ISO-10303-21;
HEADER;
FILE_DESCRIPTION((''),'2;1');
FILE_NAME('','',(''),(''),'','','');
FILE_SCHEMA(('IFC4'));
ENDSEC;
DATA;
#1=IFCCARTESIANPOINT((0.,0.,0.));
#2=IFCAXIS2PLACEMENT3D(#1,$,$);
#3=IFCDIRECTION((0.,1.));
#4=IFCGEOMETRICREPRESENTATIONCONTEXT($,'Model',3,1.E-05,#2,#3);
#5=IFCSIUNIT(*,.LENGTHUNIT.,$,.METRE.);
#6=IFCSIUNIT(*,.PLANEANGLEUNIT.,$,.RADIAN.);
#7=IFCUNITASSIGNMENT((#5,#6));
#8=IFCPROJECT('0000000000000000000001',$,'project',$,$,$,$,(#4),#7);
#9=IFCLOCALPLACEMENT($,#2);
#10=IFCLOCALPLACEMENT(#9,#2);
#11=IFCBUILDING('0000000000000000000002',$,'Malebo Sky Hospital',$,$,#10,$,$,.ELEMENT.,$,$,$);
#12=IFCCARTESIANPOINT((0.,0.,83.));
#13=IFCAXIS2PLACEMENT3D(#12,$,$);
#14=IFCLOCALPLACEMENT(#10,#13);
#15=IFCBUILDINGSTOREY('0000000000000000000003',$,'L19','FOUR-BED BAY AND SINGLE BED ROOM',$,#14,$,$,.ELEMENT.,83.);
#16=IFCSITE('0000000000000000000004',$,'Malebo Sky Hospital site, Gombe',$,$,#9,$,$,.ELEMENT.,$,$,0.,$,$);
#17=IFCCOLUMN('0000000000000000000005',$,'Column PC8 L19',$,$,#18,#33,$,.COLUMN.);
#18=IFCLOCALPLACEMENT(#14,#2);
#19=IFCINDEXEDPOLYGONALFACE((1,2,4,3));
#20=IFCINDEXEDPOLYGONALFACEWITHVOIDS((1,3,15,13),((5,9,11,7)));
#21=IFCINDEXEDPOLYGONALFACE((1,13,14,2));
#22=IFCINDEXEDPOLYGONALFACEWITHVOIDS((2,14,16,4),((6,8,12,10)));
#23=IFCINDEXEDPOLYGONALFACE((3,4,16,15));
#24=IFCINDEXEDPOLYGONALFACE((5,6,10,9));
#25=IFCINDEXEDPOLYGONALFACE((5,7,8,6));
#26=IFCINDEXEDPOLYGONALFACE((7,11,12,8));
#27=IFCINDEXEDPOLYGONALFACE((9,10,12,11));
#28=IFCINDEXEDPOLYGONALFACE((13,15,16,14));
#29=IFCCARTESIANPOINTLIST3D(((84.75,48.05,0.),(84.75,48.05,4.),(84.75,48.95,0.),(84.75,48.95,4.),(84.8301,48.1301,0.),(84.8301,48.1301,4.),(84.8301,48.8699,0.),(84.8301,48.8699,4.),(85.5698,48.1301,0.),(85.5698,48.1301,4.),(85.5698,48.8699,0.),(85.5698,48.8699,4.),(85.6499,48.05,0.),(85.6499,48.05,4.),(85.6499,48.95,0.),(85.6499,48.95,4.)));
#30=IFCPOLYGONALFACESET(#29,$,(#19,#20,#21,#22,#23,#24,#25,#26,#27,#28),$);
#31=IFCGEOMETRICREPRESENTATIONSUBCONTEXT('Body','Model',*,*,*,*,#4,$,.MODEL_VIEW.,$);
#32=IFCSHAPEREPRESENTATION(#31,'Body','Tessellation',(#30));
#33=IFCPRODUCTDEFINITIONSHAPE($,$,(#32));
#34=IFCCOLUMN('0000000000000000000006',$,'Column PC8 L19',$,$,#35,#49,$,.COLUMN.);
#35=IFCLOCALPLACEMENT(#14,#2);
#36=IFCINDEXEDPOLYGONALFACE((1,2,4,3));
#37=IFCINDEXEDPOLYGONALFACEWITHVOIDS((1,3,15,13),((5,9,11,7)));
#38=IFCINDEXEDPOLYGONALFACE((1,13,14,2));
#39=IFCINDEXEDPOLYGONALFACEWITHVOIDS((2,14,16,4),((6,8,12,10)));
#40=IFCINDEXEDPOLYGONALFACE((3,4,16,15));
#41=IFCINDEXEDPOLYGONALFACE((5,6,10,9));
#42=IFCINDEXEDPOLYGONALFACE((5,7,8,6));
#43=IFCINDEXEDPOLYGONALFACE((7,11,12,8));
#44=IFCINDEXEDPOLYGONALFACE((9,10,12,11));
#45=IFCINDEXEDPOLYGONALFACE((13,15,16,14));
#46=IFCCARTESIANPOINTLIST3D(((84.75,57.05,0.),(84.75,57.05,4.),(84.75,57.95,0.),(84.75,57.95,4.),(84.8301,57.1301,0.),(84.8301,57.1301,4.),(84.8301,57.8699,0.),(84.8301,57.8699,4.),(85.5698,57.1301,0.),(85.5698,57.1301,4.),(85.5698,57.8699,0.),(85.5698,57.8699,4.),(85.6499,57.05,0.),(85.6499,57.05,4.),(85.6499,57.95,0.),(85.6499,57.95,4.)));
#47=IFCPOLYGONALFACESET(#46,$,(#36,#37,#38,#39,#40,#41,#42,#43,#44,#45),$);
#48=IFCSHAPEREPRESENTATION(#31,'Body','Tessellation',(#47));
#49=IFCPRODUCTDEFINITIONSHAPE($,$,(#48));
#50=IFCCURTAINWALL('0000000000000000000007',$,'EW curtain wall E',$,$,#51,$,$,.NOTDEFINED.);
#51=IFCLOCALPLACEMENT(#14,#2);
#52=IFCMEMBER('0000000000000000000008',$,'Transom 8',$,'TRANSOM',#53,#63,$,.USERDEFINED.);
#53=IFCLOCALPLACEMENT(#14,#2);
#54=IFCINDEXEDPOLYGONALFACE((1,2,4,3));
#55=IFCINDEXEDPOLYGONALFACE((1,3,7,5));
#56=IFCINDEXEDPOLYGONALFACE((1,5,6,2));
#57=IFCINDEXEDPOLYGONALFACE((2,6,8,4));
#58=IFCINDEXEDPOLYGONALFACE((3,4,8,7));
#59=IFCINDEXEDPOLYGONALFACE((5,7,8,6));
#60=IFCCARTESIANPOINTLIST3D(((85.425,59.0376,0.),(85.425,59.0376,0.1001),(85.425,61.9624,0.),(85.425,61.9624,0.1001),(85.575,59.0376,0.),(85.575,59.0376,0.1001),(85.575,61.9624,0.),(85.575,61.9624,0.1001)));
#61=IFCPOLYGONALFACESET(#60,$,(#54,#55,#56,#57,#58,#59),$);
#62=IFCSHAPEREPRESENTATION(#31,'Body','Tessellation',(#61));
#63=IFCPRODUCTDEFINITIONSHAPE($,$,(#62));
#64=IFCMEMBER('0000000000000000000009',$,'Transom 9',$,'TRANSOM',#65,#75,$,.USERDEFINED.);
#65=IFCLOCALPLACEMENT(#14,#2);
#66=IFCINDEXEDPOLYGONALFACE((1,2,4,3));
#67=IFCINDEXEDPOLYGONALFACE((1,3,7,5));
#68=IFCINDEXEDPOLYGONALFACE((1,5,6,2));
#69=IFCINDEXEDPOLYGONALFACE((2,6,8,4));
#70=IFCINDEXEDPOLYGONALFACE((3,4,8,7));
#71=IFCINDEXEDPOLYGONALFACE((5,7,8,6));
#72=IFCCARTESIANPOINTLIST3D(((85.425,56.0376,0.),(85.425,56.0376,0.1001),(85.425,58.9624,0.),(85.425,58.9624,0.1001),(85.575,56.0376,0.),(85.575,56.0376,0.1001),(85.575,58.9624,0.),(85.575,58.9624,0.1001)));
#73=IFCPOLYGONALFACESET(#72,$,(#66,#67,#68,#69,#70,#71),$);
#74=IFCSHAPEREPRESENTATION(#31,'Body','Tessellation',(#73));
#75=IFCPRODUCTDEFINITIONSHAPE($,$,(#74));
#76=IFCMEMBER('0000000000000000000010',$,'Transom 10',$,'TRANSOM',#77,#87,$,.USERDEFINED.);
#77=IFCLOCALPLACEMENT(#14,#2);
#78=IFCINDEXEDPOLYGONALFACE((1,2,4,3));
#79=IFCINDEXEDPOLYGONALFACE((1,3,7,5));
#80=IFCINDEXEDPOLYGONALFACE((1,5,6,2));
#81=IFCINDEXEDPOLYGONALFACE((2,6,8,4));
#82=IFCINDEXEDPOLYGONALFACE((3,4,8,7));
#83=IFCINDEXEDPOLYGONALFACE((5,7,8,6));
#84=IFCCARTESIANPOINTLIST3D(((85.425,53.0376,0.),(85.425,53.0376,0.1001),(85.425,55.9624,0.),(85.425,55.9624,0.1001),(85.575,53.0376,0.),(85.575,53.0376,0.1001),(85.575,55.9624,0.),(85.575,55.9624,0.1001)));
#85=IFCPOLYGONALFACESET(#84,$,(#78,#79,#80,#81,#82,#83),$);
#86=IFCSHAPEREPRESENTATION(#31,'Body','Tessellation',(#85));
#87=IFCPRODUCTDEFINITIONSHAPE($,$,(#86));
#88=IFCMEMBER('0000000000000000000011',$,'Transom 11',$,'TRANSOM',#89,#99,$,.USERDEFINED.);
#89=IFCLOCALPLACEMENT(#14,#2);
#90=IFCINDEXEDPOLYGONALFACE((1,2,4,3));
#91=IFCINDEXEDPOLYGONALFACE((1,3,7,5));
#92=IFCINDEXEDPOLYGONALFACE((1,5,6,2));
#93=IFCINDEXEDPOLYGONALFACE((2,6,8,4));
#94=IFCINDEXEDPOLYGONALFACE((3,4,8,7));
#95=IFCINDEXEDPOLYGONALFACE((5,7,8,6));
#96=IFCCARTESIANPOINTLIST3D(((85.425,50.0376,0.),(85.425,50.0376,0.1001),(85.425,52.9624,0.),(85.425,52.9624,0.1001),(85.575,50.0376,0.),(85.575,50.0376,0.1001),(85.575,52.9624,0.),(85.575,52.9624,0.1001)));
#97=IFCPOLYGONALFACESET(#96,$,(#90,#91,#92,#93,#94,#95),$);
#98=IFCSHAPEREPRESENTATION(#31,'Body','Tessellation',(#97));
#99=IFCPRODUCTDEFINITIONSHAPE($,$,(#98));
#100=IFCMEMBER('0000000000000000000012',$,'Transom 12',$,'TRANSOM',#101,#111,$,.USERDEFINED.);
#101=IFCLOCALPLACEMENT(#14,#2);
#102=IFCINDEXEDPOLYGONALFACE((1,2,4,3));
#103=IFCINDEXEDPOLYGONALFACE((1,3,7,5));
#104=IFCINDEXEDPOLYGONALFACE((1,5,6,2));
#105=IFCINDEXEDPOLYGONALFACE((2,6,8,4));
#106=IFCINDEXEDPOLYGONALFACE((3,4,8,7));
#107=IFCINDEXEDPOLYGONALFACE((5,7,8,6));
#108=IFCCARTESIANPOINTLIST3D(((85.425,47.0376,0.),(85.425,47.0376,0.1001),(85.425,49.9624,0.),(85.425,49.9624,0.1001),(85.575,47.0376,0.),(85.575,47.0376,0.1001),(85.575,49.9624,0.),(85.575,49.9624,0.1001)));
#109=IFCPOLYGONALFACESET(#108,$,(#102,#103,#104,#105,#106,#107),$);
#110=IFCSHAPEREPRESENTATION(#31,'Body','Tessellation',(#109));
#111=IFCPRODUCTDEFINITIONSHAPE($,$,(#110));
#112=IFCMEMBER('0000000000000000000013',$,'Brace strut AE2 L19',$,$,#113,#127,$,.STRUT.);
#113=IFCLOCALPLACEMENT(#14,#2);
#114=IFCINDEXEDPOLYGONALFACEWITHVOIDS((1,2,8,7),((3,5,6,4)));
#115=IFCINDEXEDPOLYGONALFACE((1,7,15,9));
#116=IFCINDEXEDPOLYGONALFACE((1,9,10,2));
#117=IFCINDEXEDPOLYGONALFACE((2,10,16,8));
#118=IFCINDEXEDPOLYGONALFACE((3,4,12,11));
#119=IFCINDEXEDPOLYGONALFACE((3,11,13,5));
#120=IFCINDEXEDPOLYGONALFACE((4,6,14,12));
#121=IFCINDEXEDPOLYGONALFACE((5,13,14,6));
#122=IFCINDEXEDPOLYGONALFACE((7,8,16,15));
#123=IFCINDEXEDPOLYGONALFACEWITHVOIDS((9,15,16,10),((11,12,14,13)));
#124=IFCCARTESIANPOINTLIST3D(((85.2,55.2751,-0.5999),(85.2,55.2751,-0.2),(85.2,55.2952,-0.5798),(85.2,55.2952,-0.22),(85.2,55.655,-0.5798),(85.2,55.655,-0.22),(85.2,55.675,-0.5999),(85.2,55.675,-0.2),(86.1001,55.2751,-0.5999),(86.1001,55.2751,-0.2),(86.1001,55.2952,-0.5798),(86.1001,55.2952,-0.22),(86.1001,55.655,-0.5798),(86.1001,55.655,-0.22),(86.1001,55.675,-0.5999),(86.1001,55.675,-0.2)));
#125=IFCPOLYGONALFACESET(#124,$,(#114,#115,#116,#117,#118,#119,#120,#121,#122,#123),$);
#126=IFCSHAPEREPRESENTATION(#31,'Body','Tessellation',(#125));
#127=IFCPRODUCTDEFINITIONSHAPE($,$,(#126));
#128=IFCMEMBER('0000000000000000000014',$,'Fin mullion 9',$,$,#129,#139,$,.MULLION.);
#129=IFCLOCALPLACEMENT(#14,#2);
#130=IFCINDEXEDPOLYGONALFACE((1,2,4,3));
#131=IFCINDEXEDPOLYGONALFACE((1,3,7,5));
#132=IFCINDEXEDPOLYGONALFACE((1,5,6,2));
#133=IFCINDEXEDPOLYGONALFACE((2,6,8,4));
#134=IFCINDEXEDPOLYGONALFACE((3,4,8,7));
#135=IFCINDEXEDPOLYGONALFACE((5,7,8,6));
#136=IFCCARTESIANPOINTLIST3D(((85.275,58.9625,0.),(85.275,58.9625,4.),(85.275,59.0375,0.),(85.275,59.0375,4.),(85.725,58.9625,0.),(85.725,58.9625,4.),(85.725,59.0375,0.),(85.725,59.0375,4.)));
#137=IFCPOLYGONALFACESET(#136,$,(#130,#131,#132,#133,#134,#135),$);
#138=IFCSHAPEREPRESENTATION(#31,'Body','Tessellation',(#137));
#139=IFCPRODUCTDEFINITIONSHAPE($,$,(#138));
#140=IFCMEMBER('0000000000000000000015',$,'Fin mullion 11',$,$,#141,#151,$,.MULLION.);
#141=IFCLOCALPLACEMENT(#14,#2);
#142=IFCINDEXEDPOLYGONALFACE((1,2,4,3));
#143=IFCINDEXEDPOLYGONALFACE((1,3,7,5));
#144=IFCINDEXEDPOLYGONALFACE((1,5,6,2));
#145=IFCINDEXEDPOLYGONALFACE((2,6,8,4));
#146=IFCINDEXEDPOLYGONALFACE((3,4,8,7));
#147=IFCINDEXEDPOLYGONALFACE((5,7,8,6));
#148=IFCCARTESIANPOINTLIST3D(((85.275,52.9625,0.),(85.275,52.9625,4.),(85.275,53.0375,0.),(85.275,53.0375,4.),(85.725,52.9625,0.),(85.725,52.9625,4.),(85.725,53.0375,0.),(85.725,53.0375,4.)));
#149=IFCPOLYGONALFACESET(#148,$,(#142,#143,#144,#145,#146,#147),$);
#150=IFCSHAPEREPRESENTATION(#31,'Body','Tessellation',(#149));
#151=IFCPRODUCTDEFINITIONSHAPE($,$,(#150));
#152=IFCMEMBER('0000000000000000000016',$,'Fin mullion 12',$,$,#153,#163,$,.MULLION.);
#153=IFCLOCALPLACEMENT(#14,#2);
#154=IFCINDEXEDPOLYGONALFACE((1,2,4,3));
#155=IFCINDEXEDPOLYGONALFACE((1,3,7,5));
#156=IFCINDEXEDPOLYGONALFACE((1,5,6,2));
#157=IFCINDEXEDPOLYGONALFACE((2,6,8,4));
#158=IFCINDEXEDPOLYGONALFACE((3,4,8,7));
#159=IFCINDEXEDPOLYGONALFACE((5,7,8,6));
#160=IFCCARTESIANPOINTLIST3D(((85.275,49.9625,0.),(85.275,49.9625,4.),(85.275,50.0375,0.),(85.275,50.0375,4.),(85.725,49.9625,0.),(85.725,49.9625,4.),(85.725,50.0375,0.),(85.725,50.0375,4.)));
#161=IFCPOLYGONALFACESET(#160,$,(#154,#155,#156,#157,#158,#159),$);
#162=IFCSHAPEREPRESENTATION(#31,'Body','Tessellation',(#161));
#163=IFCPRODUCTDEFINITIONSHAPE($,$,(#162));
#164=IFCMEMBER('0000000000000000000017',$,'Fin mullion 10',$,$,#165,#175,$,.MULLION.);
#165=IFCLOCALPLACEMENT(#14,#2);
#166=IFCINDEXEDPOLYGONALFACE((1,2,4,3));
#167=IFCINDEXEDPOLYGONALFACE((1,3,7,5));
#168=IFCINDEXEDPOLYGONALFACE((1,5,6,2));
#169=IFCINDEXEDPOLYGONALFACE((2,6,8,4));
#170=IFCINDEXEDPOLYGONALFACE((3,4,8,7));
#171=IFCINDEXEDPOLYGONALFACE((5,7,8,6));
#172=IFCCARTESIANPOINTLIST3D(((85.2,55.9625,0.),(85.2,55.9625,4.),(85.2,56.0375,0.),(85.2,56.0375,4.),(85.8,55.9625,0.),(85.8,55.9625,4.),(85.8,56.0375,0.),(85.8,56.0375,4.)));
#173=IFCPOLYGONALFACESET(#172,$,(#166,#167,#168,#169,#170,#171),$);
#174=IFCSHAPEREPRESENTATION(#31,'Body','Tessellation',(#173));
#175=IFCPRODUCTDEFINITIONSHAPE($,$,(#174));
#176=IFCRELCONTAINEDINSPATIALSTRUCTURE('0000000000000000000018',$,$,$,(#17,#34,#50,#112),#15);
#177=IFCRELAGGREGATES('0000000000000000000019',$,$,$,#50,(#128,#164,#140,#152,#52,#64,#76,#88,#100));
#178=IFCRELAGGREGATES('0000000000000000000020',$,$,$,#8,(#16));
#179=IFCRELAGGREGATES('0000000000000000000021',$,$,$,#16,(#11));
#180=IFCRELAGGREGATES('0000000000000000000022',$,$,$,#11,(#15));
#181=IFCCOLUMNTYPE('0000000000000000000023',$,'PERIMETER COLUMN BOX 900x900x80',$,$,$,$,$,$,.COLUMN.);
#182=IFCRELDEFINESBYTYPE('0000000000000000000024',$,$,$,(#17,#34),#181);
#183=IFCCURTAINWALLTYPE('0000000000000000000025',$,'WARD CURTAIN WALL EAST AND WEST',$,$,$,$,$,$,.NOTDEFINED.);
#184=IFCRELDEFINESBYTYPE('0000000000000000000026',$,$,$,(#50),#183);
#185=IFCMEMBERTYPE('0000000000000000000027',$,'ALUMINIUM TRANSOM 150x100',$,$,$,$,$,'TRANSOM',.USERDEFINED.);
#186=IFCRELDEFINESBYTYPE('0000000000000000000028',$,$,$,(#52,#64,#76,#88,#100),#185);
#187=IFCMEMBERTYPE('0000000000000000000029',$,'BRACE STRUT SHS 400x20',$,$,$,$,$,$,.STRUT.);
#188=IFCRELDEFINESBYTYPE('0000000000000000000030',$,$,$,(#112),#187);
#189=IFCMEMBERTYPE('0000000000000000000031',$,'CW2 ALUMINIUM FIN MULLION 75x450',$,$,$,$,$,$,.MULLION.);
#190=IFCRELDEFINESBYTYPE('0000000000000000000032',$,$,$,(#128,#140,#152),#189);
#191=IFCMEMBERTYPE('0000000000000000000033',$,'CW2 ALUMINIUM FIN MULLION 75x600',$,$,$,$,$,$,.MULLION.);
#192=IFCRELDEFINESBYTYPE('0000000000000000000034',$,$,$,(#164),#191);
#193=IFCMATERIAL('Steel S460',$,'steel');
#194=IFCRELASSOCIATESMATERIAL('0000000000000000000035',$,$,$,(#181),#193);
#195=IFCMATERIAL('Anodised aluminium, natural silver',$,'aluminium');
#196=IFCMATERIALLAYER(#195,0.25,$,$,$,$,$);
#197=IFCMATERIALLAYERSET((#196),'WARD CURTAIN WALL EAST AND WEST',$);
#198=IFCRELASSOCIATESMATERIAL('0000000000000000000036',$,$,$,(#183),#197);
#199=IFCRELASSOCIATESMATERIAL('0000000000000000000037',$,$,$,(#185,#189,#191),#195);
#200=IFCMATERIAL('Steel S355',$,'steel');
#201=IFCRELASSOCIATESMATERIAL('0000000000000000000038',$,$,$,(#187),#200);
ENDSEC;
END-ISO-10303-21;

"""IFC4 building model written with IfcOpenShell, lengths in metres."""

from ifc_helpers import new_model, si_unit, direction, frame, origin, origin_2d, place, context, subcontext, project, spatial, rectangle, hollow_rectangle, extrude, material, layer, layer_set, material_profile, profile_set, type_object, element, aggregate, save


model = new_model("IFC4")

# Units and contexts
model_context = context("Model", 3, precision=1e-05, world=origin(), true_north=direction((0.0, 1.0)))
body_context = subcontext(model_context, "Body", "Model", "MODEL_VIEW")
ifc_project = project(units=[si_unit("LENGTHUNIT", "METRE"), si_unit("PLANEANGLEUNIT", "RADIAN")], contexts=[model_context])

# Site, building, storey
site_placement = place(None, origin())
site = spatial("IfcSite", under=ifc_project, at=site_placement, Name="Malebo Sky Hospital site, Gombe", CompositionType="ELEMENT", RefElevation=0.0)
building_placement = place(site_placement, origin())
building = spatial("IfcBuilding", under=site, at=building_placement, Name="Malebo Sky Hospital", CompositionType="ELEMENT")
storey_placement = place(building_placement, frame((0.0, 0.0, 83.0)))
storey = spatial("IfcBuildingStorey", under=building, at=storey_placement, Name="L19", Description="FOUR-BED BAY AND SINGLE BED ROOM", CompositionType="ELEMENT", Elevation=83.0)

# Columns
ifc_material_1 = material(Name="Steel S460", Category="steel")
ifc_material_profile_1 = material_profile(ifc_material_1, hollow_rectangle(XDim=0.8999, YDim=0.8999, WallThickness=0.0801, at=origin_2d()), Name="BOX 900x900x80")
ifc_profile_set_1 = profile_set([ifc_material_profile_1], Name="Steel S460")
column_type = type_object("IfcColumnType", Name="PERIMETER COLUMN BOX 900x900x80", PredefinedType="COLUMN", material=ifc_profile_set_1)
for number, where, z_axis, x_axis, name in (
    (1, (85.2, 48.5, 0.0), (0.0, 0.0, 1.0), (1.0, 0.0, 0.0), "Column PC8 L19"),
    (2, (85.2, 57.5, 0.0), (0.0, 0.0, 1.0), (1.0, 0.0, 0.0), "Column PC8 L19"),
):
    element("IfcColumn", number, at=place(storey_placement, frame(where, z_axis=z_axis, x_axis=x_axis)), inside=storey, type_object=column_type, Name=name, PredefinedType="COLUMN", context=body_context, shape_type="SweptSolid", body=[
        extrude(hollow_rectangle(XDim=0.8999, YDim=0.8999, WallThickness=0.0801, at=origin_2d()), origin(), (0.0, 0.0, 1.0), 4.0),
    ])

# Curtain wall, members
ifc_material_2 = material(Name="Anodised aluminium, natural silver", Category="aluminium")
ifc_layer_1 = layer(ifc_material_2, 0.25)
ifc_layer_set_1 = layer_set([ifc_layer_1], Name="WARD CURTAIN WALL EAST AND WEST")
curtain_wall_type = type_object("IfcCurtainWallType", Name="WARD CURTAIN WALL EAST AND WEST", PredefinedType="NOTDEFINED", material=ifc_layer_set_1)
curtain_wall_placement = place(storey_placement, origin())
curtain_wall = element("IfcCurtainWall", 3, at=curtain_wall_placement, inside=storey, type_object=curtain_wall_type, Name="EW curtain wall E", PredefinedType="NOTDEFINED")
ifc_material_profile_2 = material_profile(ifc_material_2, rectangle(XDim=0.1499, YDim=0.1001, at=origin_2d()), Name="ALUMINIUM TRANSOM 150x100")
ifc_profile_set_2 = profile_set([ifc_material_profile_2], Name="Anodised aluminium, natural silver")
member_type_1 = type_object("IfcMemberType", Name="ALUMINIUM TRANSOM 150x100", ElementType="TRANSOM", PredefinedType="USERDEFINED", material=ifc_profile_set_2)
member_1_placement = place(storey_placement, frame((85.5, 61.9624, 0.05), z_axis=(0.0, -1.0, 0.0), x_axis=(1.0, 0.0, 0.0)))
member_1 = element("IfcMember", 4, at=member_1_placement, type_object=member_type_1, Name="Transom 8", ObjectType="TRANSOM", PredefinedType="USERDEFINED", context=body_context, shape_type="SweptSolid", body=[
    extrude(rectangle(XDim=0.1499, YDim=0.1001, at=origin_2d()), origin(), (0.0, 0.0, 1.0), 2.9248),
])
member_2_placement = place(storey_placement, frame((85.5, 58.9624, 0.05), z_axis=(0.0, -1.0, 0.0), x_axis=(1.0, 0.0, 0.0)))
member_2 = element("IfcMember", 5, at=member_2_placement, type_object=member_type_1, Name="Transom 9", ObjectType="TRANSOM", PredefinedType="USERDEFINED", context=body_context, shape_type="SweptSolid", body=[
    extrude(rectangle(XDim=0.1499, YDim=0.1001, at=origin_2d()), origin(), (0.0, 0.0, 1.0), 2.9248),
])
member_3_placement = place(storey_placement, frame((85.5, 55.9624, 0.05), z_axis=(0.0, -1.0, 0.0), x_axis=(1.0, 0.0, 0.0)))
member_3 = element("IfcMember", 6, at=member_3_placement, type_object=member_type_1, Name="Transom 10", ObjectType="TRANSOM", PredefinedType="USERDEFINED", context=body_context, shape_type="SweptSolid", body=[
    extrude(rectangle(XDim=0.1499, YDim=0.1001, at=origin_2d()), origin(), (0.0, 0.0, 1.0), 2.9248),
])
member_4_placement = place(storey_placement, frame((85.5, 52.9624, 0.05), z_axis=(0.0, -1.0, 0.0), x_axis=(1.0, 0.0, 0.0)))
member_4 = element("IfcMember", 7, at=member_4_placement, type_object=member_type_1, Name="Transom 11", ObjectType="TRANSOM", PredefinedType="USERDEFINED", context=body_context, shape_type="SweptSolid", body=[
    extrude(rectangle(XDim=0.1499, YDim=0.1001, at=origin_2d()), origin(), (0.0, 0.0, 1.0), 2.9248),
])
member_5_placement = place(storey_placement, frame((85.5, 49.9624, 0.05), z_axis=(0.0, -1.0, 0.0), x_axis=(1.0, 0.0, 0.0)))
member_5 = element("IfcMember", 8, at=member_5_placement, type_object=member_type_1, Name="Transom 12", ObjectType="TRANSOM", PredefinedType="USERDEFINED", context=body_context, shape_type="SweptSolid", body=[
    extrude(rectangle(XDim=0.1499, YDim=0.1001, at=origin_2d()), origin(), (0.0, 0.0, 1.0), 2.9248),
])

# Members
ifc_material_3 = material(Name="Steel S355", Category="steel")
ifc_material_profile_3 = material_profile(ifc_material_3, hollow_rectangle(XDim=0.3999, YDim=0.3999, WallThickness=0.02, at=origin_2d()), Name="SHS 400x20")
ifc_profile_set_3 = profile_set([ifc_material_profile_3], Name="Steel S355")
member_type_2 = type_object("IfcMemberType", Name="BRACE STRUT SHS 400x20", PredefinedType="STRUT", material=ifc_profile_set_3)
member_6_placement = place(storey_placement, frame((86.1001, 55.4751, -0.3999), z_axis=(-1.0, 0.0, 0.0), x_axis=(0.0, -1.0, 0.0)))
element("IfcMember", 9, at=member_6_placement, inside=storey, type_object=member_type_2, Name="Brace strut AE2 L19", PredefinedType="STRUT", context=body_context, shape_type="SweptSolid", body=[
    extrude(hollow_rectangle(XDim=0.3999, YDim=0.3999, WallThickness=0.02, at=origin_2d()), origin(), (0.0, 0.0, 1.0), 0.9001),
])
ifc_material_profile_4 = material_profile(ifc_material_2, rectangle(XDim=0.075, YDim=0.45, at=origin_2d()), Name="CW2 ALUMINIUM FIN MULLION 75x450")
ifc_profile_set_4 = profile_set([ifc_material_profile_4], Name="Anodised aluminium, natural silver")
member_type_3 = type_object("IfcMemberType", Name="CW2 ALUMINIUM FIN MULLION 75x450", PredefinedType="MULLION", material=ifc_profile_set_4)
member_7_placement = place(storey_placement, frame((85.5, 59.0, 0.0), z_axis=(0.0, 0.0, 1.0), x_axis=(0.0, -1.0, 0.0)))
member_7 = element("IfcMember", 10, at=member_7_placement, type_object=member_type_3, Name="Fin mullion 9", PredefinedType="MULLION", context=body_context, shape_type="SweptSolid", body=[
    extrude(rectangle(XDim=0.075, YDim=0.45, at=origin_2d()), origin(), (0.0, 0.0, 1.0), 4.0),
])
member_8_placement = place(storey_placement, frame((85.5, 53.0, 0.0), z_axis=(0.0, 0.0, 1.0), x_axis=(0.0, -1.0, 0.0)))
member_8 = element("IfcMember", 11, at=member_8_placement, type_object=member_type_3, Name="Fin mullion 11", PredefinedType="MULLION", context=body_context, shape_type="SweptSolid", body=[
    extrude(rectangle(XDim=0.075, YDim=0.45, at=origin_2d()), origin(), (0.0, 0.0, 1.0), 4.0),
])
member_9_placement = place(storey_placement, frame((85.5, 50.0, 0.0), z_axis=(0.0, 0.0, 1.0), x_axis=(0.0, -1.0, 0.0)))
member_9 = element("IfcMember", 12, at=member_9_placement, type_object=member_type_3, Name="Fin mullion 12", PredefinedType="MULLION", context=body_context, shape_type="SweptSolid", body=[
    extrude(rectangle(XDim=0.075, YDim=0.45, at=origin_2d()), origin(), (0.0, 0.0, 1.0), 4.0),
])
ifc_material_profile_5 = material_profile(ifc_material_2, rectangle(XDim=0.075, YDim=0.6001, at=origin_2d()), Name="CW2 ALUMINIUM FIN MULLION 75x600")
ifc_profile_set_5 = profile_set([ifc_material_profile_5], Name="Anodised aluminium, natural silver")
member_type_4 = type_object("IfcMemberType", Name="CW2 ALUMINIUM FIN MULLION 75x600", PredefinedType="MULLION", material=ifc_profile_set_5)
member_10_placement = place(storey_placement, frame((85.5, 56.0, 0.0), z_axis=(0.0, 0.0, 1.0), x_axis=(0.0, -1.0, 0.0)))
member_10 = element("IfcMember", 13, at=member_10_placement, type_object=member_type_4, Name="Fin mullion 10", PredefinedType="MULLION", context=body_context, shape_type="SweptSolid", body=[
    extrude(rectangle(XDim=0.075, YDim=0.6001, at=origin_2d()), origin(), (0.0, 0.0, 1.0), 4.0),
])

aggregate(curtain_wall, [member_7, member_10, member_8, member_9, member_1, member_2, member_3, member_4, member_5])

save(model, "model.ifc")
